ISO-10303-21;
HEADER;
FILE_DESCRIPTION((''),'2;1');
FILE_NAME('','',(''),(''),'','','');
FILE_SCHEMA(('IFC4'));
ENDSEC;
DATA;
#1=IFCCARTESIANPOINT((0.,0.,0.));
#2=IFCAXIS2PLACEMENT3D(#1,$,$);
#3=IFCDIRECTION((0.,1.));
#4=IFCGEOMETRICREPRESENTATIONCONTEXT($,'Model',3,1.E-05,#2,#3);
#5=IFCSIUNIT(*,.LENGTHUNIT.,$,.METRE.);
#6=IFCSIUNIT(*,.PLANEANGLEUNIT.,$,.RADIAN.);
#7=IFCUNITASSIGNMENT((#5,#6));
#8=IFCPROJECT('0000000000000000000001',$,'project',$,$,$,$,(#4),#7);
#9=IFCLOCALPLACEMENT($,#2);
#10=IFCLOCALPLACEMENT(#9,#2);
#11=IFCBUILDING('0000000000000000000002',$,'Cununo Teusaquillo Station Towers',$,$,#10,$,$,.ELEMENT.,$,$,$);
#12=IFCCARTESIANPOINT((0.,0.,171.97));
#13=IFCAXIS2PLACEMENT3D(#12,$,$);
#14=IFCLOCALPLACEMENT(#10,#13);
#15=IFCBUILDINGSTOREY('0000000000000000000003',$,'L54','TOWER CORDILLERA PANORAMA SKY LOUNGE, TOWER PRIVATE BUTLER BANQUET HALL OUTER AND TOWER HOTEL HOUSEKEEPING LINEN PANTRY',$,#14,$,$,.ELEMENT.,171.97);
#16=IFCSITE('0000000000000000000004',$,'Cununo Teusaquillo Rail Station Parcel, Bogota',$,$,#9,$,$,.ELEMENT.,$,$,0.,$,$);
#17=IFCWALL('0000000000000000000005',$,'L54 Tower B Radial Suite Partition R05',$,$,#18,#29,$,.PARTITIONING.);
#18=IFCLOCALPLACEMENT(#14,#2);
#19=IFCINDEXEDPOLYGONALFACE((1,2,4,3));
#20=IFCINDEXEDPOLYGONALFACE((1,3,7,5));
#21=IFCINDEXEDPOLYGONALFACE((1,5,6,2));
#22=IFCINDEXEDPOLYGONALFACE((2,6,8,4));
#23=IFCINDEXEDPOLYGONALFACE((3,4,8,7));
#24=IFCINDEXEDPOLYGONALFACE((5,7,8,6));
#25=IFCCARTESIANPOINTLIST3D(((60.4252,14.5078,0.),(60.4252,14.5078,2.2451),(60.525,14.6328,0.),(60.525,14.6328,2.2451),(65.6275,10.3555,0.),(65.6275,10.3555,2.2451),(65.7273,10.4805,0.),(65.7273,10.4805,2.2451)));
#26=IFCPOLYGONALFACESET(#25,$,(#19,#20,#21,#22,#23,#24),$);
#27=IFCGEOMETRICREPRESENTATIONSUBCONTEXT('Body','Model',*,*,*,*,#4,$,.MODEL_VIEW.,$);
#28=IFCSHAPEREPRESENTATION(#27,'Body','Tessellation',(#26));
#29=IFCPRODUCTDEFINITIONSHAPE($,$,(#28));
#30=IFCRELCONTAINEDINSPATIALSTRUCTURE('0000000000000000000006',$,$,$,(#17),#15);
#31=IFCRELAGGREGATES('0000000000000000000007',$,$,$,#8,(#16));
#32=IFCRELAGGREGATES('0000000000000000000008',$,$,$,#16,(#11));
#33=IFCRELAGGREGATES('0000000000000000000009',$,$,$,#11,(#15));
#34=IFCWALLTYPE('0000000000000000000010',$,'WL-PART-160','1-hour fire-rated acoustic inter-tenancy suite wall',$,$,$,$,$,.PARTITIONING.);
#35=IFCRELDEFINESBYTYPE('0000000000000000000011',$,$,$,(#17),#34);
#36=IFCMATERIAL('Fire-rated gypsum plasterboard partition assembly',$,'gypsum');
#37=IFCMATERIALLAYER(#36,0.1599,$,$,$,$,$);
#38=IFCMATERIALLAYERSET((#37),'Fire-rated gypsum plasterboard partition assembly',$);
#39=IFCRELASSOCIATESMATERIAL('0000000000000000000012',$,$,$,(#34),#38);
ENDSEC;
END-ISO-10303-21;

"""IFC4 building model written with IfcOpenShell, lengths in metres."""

from ifc_helpers import new_model, si_unit, direction, frame, frame_2d, origin, place, context, subcontext, project, spatial, rectangle, extrude, material, layer, layer_set, type_object, element, save


model = new_model("IFC4")

# Units and contexts
model_context = context("Model", 3, precision=1e-05, world=origin(), true_north=direction((0.0, 1.0)))
body_context = subcontext(model_context, "Body", "Model", "MODEL_VIEW")
ifc_project = project(units=[si_unit("LENGTHUNIT", "METRE"), si_unit("PLANEANGLEUNIT", "RADIAN")], contexts=[model_context])

# Site, building, storey
site_placement = place(None, origin())
site = spatial("IfcSite", under=ifc_project, at=site_placement, Name="Cununo Teusaquillo Rail Station Parcel, Bogota", CompositionType="ELEMENT", RefElevation=0.0)
building_placement = place(site_placement, origin())
building = spatial("IfcBuilding", under=site, at=building_placement, Name="Cununo Teusaquillo Station Towers", CompositionType="ELEMENT")
storey_placement = place(building_placement, frame((0.0, 0.0, 171.97)))
storey = spatial("IfcBuildingStorey", under=building, at=storey_placement, Name="L54", Description="TOWER CORDILLERA PANORAMA SKY LOUNGE, TOWER PRIVATE BUTLER BANQUET HALL OUTER AND TOWER HOTEL HOUSEKEEPING LINEN PANTRY", CompositionType="ELEMENT", Elevation=171.97)

# Wall
ifc_material_1 = material(Name="Fire-rated gypsum plasterboard partition assembly", Category="gypsum")
ifc_layer_1 = layer(ifc_material_1, 0.1599)
ifc_layer_set_1 = layer_set([ifc_layer_1], Name="Fire-rated gypsum plasterboard partition assembly")
wall_type_1 = type_object("IfcWallType", Name="WL-PART-160", Description="1-hour fire-rated acoustic inter-tenancy suite wall", PredefinedType="PARTITIONING", material=ifc_layer_set_1)
wall_1_placement = place(storey_placement, frame((60.4751, 14.5703, 0.0), z_axis=(0.0, 0.0, 1.0), x_axis=(0.78157, -0.623818, 0.0)))
element("IfcWall", 1, at=wall_1_placement, inside=storey, type_object=wall_type_1, Name="L54 Tower B Radial Suite Partition R05", PredefinedType="PARTITIONING", context=body_context, shape_type="SweptSolid", body=[
    extrude(rectangle(XDim=6.6562, YDim=0.1599, at=frame_2d((3.3281, 0.0))), origin(), (0.0, 0.0, 1.0), 2.2451),
])

save(model, "model.ifc")
